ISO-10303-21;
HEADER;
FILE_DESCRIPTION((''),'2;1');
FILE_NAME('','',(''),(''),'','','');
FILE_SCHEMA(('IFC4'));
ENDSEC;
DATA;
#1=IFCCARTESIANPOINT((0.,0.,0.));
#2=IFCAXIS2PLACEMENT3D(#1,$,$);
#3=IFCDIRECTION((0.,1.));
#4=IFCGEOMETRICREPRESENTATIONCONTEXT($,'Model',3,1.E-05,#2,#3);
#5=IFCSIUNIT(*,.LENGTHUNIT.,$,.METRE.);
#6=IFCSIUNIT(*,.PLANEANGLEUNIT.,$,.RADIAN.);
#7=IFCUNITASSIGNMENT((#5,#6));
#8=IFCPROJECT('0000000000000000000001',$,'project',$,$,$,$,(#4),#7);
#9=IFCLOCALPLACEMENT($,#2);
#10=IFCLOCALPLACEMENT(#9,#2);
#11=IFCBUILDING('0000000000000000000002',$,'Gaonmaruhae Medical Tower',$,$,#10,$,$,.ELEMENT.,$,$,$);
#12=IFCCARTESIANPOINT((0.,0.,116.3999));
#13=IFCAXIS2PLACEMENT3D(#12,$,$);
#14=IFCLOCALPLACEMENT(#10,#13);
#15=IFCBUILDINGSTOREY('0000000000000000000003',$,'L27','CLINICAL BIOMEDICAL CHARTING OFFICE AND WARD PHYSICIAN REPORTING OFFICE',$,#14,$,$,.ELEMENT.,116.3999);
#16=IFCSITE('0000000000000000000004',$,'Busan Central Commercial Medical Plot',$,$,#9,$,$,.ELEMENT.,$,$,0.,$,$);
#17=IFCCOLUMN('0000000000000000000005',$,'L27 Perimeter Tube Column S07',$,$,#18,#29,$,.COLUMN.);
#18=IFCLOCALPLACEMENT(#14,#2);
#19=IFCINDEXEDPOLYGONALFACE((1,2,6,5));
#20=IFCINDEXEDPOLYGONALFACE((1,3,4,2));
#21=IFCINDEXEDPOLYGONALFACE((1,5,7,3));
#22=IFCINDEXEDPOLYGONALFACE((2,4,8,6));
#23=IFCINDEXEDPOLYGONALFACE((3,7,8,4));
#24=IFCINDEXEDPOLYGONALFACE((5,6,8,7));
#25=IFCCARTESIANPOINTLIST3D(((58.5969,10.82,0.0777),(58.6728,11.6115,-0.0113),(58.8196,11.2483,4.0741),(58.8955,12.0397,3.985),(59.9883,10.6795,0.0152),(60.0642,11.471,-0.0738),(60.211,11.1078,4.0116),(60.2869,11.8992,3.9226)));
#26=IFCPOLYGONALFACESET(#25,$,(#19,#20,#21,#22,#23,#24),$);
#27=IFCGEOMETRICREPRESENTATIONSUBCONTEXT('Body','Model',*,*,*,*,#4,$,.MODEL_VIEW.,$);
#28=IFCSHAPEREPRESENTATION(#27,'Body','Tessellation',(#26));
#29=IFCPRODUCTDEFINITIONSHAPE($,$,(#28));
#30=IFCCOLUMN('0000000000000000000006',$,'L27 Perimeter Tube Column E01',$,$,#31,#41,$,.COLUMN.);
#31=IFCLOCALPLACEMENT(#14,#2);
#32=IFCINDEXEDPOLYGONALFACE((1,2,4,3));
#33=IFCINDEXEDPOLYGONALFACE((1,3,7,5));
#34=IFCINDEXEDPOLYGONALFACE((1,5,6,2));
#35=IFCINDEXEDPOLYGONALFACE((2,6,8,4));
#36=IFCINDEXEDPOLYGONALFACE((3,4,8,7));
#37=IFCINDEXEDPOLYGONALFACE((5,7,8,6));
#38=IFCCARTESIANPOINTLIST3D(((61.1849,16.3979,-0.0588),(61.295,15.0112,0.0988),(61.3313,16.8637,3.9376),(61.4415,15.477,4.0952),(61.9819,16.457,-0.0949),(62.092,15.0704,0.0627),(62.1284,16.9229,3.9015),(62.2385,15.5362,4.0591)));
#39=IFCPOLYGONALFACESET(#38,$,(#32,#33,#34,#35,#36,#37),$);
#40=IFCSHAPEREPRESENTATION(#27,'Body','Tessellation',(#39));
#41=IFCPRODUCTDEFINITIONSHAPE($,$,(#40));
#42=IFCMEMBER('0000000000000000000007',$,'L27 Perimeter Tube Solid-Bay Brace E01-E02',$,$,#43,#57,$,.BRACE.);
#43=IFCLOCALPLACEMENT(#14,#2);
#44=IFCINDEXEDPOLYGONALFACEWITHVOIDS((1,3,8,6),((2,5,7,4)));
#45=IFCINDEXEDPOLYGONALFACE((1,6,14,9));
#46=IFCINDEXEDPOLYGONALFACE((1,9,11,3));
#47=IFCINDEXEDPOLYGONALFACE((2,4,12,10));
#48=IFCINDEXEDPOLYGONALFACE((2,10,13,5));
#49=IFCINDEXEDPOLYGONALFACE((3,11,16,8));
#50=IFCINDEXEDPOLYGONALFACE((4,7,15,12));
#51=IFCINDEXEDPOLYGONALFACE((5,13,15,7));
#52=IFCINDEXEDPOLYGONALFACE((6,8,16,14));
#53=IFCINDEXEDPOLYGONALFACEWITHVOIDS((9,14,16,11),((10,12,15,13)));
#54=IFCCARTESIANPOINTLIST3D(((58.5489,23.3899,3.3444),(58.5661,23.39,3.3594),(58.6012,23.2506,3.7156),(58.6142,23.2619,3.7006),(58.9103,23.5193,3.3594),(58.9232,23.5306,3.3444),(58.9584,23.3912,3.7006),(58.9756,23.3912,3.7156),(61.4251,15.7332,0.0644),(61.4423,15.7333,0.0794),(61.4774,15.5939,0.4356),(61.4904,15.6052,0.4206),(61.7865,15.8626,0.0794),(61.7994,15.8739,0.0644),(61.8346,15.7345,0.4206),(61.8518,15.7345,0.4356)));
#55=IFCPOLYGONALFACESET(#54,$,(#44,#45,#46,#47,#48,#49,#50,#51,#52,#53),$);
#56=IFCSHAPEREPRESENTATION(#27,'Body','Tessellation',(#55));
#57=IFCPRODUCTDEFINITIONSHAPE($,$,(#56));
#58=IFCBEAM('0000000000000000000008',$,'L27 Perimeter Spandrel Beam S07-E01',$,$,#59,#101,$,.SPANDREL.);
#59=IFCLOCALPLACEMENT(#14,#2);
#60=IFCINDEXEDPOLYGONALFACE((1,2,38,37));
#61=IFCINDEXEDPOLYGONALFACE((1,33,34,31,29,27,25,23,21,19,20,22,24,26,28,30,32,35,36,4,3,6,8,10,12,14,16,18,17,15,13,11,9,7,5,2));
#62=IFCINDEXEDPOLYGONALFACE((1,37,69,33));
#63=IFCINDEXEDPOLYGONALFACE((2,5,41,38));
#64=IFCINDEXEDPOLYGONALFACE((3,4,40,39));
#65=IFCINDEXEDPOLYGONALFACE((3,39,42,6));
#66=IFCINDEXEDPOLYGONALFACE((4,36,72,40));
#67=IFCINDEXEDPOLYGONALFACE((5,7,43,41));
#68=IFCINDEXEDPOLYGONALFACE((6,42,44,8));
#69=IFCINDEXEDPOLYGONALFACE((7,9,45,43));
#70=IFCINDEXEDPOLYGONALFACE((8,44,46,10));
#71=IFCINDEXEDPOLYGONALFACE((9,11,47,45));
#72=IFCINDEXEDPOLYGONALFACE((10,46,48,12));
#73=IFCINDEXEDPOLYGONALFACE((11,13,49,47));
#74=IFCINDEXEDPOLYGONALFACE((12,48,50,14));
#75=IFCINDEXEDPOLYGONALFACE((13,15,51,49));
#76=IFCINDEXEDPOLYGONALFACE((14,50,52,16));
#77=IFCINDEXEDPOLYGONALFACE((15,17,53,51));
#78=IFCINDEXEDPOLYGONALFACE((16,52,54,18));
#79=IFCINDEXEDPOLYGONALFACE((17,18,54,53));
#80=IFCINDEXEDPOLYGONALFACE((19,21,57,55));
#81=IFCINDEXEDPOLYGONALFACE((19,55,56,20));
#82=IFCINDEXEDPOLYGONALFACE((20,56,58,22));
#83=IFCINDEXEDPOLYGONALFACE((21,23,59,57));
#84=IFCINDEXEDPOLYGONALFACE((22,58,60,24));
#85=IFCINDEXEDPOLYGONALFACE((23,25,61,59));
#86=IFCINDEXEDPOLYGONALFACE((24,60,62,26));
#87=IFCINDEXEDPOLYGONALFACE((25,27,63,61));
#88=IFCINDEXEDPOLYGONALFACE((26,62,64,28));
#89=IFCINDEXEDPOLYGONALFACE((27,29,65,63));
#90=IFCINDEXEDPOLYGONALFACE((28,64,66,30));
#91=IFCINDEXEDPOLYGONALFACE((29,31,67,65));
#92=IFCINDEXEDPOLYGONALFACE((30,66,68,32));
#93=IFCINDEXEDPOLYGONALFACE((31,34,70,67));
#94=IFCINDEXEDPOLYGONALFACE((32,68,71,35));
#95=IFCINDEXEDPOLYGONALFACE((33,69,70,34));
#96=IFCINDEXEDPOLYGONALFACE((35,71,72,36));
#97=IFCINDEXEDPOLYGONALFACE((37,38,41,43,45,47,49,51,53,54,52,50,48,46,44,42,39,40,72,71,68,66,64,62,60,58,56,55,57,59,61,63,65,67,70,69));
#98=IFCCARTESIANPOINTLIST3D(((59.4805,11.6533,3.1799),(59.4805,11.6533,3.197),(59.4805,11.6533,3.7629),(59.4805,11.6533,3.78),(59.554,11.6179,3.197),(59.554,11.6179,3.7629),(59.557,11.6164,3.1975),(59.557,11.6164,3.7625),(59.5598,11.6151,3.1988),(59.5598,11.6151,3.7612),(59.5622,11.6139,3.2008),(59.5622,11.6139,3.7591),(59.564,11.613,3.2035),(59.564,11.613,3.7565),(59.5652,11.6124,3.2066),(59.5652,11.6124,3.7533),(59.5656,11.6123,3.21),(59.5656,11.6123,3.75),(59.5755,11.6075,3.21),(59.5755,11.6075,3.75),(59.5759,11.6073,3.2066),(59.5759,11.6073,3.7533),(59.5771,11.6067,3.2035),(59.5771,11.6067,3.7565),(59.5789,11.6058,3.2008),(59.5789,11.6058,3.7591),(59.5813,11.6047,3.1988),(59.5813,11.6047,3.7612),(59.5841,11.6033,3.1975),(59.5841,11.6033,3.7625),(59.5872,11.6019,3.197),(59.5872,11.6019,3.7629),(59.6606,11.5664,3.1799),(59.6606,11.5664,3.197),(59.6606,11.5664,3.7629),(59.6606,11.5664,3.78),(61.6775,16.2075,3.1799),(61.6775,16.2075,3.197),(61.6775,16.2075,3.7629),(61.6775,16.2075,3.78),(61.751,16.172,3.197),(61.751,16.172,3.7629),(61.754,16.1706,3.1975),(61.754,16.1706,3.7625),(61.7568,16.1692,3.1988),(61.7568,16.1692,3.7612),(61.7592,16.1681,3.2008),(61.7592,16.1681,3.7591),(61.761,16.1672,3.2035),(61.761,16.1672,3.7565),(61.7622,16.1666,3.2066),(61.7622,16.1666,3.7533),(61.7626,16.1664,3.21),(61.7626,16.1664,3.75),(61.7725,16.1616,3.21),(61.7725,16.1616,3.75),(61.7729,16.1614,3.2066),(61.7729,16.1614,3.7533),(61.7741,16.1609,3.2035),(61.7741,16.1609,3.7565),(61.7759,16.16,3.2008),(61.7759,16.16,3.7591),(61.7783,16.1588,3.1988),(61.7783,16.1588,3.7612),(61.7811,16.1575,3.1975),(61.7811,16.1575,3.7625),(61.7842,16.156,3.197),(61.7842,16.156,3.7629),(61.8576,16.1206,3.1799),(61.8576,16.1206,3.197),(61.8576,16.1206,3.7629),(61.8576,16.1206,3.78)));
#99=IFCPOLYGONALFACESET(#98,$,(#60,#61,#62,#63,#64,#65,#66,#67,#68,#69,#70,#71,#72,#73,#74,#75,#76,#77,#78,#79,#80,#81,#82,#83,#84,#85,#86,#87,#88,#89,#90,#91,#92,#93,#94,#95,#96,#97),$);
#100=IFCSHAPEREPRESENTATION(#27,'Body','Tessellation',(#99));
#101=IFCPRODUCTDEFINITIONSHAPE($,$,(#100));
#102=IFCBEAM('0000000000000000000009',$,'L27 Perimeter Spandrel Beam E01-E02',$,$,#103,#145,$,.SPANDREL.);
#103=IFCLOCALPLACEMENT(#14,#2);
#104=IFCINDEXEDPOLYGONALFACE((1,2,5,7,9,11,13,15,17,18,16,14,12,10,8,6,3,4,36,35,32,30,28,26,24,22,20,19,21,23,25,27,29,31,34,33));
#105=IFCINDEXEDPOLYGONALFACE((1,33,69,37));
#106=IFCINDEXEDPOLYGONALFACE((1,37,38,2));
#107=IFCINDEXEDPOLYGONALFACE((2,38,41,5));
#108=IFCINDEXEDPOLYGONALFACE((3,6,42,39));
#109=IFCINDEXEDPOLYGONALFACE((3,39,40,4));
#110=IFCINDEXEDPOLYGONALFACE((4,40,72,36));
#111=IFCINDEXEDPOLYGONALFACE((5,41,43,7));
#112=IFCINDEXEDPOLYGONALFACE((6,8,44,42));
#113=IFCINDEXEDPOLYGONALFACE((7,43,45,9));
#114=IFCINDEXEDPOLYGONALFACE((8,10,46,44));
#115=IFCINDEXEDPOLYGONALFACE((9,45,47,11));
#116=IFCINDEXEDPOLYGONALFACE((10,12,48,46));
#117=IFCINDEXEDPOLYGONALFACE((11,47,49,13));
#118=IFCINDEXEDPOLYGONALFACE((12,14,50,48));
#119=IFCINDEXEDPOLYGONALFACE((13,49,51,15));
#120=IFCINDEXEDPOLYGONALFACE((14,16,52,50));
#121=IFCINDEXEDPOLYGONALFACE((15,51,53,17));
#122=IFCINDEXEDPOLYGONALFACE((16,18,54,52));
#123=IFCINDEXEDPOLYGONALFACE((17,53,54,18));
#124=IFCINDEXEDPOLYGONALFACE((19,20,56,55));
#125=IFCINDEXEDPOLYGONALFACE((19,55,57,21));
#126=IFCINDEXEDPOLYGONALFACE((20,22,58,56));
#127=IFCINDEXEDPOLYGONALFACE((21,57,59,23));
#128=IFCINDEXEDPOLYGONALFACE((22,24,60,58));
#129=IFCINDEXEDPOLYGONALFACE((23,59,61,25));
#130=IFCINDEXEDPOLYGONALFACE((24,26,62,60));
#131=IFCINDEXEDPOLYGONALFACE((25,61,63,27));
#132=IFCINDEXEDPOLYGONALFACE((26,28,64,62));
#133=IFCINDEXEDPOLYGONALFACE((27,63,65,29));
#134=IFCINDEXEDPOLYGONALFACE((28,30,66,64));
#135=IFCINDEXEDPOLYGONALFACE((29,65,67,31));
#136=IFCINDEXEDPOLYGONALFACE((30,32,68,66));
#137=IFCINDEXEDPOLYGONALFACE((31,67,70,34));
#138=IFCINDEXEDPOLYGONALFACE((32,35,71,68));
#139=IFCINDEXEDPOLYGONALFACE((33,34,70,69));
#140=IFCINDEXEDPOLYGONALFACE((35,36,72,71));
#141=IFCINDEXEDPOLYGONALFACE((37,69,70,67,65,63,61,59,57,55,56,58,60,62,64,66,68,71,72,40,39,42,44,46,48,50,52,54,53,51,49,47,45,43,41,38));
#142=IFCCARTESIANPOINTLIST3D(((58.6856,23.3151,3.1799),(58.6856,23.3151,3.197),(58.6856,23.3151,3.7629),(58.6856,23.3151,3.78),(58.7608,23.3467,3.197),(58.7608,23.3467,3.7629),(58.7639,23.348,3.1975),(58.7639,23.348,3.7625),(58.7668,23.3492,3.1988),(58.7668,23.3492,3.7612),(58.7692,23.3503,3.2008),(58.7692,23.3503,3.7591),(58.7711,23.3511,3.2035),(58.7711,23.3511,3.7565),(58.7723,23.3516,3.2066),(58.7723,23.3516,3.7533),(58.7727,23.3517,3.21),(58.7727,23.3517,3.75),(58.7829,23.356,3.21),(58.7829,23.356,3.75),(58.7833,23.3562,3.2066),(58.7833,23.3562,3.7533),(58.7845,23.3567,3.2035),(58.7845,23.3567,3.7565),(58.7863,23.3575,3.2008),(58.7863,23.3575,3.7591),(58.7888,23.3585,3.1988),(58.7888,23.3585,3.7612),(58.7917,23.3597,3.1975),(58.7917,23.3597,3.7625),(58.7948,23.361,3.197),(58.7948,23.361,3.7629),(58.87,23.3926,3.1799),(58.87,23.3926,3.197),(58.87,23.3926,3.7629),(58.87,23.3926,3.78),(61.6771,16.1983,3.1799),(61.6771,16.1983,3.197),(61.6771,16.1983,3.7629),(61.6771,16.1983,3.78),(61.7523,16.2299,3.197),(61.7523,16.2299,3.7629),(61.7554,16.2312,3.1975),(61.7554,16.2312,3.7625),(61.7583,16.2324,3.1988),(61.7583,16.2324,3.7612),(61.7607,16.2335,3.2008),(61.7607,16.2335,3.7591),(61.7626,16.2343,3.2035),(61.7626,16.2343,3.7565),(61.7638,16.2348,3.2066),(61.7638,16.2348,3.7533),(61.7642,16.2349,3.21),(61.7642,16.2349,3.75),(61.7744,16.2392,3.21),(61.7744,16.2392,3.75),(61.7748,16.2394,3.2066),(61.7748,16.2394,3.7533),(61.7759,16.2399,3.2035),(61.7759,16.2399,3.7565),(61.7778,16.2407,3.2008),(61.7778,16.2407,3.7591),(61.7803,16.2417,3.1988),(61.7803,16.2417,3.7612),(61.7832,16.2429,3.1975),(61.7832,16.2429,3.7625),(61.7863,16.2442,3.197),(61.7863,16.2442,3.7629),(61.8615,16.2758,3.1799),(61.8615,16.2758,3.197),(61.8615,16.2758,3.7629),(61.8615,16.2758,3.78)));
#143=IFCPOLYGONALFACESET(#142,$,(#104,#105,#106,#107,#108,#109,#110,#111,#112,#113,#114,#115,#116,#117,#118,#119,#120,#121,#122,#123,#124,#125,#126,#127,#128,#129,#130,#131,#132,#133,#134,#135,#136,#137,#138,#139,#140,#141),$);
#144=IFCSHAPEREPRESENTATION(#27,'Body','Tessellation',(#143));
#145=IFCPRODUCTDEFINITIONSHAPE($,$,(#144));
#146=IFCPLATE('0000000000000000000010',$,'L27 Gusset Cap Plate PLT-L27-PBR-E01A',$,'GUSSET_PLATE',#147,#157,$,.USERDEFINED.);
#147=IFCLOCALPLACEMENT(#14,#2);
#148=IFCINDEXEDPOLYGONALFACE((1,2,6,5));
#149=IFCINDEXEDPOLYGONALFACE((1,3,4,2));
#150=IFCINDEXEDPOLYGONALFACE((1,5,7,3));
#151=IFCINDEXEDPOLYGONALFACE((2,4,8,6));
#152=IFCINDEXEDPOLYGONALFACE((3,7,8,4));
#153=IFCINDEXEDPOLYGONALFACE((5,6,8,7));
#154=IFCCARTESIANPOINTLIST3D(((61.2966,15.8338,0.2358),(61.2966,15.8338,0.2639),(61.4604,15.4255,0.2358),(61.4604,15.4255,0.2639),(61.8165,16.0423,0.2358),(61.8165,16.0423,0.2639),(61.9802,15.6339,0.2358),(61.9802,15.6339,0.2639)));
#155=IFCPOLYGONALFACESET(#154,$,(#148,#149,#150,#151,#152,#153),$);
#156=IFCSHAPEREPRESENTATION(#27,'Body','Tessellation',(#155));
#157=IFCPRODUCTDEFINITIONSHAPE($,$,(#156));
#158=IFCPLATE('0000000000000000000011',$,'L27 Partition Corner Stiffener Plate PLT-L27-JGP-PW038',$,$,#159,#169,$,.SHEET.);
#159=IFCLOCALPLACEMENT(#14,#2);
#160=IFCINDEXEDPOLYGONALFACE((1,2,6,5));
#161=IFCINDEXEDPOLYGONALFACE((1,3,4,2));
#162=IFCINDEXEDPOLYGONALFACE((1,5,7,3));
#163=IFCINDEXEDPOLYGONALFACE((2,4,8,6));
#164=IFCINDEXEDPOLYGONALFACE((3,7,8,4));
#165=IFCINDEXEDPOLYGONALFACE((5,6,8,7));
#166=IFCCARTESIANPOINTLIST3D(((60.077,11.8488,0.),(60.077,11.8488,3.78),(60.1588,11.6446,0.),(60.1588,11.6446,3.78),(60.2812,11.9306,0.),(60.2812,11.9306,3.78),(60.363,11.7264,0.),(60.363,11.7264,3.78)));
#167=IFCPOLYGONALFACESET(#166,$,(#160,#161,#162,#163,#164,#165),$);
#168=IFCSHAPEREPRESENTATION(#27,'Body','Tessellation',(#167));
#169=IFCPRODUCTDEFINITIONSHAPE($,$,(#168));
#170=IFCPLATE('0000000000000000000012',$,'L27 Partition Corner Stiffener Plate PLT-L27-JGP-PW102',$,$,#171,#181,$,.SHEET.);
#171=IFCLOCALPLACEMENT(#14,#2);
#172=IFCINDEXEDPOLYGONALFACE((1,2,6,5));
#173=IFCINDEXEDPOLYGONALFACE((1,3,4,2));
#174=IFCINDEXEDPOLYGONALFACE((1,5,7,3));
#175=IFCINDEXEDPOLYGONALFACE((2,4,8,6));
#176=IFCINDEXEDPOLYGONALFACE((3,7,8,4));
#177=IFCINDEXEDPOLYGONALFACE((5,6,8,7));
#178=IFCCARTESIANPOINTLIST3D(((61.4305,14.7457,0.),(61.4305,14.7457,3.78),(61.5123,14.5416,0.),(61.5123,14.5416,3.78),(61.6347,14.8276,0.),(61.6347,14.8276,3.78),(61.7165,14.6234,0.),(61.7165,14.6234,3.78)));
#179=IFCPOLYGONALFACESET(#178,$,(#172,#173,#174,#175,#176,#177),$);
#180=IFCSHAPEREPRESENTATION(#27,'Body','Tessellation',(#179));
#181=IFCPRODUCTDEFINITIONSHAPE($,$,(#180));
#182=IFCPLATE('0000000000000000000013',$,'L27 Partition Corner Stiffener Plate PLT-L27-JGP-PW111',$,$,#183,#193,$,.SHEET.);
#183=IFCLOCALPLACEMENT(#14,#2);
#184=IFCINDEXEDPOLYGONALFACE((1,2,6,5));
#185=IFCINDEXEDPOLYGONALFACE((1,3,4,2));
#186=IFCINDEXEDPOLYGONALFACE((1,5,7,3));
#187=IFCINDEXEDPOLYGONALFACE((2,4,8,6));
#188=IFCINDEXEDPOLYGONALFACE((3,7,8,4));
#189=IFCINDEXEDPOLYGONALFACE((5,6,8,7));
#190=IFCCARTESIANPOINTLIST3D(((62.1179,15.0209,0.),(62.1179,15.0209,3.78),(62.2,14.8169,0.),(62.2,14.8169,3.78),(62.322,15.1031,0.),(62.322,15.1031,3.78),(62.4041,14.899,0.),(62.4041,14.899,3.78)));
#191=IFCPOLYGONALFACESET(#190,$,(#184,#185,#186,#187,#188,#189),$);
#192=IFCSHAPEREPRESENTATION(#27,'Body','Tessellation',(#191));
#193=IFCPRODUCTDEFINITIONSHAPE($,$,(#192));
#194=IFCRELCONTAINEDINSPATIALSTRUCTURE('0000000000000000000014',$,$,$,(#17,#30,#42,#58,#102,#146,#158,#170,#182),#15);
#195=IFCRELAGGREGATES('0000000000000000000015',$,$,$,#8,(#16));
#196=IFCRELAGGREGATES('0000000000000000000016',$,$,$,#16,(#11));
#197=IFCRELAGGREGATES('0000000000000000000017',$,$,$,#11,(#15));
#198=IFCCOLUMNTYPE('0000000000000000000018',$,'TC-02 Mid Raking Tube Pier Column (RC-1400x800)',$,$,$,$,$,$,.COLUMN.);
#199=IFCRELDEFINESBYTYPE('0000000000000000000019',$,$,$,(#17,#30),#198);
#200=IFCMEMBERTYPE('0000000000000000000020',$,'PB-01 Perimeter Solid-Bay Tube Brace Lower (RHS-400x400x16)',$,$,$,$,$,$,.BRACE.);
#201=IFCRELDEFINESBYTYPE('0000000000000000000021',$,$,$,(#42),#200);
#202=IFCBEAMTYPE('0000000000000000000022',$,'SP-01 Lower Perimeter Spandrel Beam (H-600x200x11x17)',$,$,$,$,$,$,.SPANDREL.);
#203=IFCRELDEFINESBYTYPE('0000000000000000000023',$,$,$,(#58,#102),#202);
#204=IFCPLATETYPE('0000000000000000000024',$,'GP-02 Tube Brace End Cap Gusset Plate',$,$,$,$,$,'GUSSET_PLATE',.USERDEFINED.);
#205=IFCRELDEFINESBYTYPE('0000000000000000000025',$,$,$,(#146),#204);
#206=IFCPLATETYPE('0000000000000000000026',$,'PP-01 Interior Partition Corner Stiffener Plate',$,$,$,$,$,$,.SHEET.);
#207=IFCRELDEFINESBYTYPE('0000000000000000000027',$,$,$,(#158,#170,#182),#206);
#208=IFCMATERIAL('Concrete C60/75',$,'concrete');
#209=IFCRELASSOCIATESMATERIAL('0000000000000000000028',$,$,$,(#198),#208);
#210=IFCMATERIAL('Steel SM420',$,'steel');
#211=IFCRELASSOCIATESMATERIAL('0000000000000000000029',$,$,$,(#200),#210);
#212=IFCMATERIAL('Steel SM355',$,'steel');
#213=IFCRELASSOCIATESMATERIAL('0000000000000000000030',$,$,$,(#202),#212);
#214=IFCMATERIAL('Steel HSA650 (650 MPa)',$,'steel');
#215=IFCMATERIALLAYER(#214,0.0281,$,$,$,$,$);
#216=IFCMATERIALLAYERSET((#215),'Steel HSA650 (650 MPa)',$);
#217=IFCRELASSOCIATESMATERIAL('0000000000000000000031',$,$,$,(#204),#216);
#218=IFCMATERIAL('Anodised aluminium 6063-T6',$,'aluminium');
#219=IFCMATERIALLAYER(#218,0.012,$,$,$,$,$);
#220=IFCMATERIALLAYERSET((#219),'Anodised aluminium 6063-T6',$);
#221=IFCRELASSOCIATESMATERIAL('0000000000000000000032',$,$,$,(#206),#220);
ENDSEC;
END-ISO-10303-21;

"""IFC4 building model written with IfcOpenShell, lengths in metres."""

from ifc_helpers import new_model, si_unit, direction, frame, origin, origin_2d, place, context, subcontext, project, spatial, rectangle, hollow_rectangle, i_section, extrude, material, layer, layer_set, material_profile, profile_set, type_object, element, save


model = new_model("IFC4")

# Units and contexts
model_context = context("Model", 3, precision=1e-05, world=origin(), true_north=direction((0.0, 1.0)))
body_context = subcontext(model_context, "Body", "Model", "MODEL_VIEW")
ifc_project = project(units=[si_unit("LENGTHUNIT", "METRE"), si_unit("PLANEANGLEUNIT", "RADIAN")], contexts=[model_context])

# Site, building, storey
site_placement = place(None, origin())
site = spatial("IfcSite", under=ifc_project, at=site_placement, Name="Busan Central Commercial Medical Plot", CompositionType="ELEMENT", RefElevation=0.0)
building_placement = place(site_placement, origin())
building = spatial("IfcBuilding", under=site, at=building_placement, Name="Gaonmaruhae Medical Tower", CompositionType="ELEMENT")
storey_placement = place(building_placement, frame((0.0, 0.0, 116.3999)))
storey = spatial("IfcBuildingStorey", under=building, at=storey_placement, Name="L27", Description="CLINICAL BIOMEDICAL CHARTING OFFICE AND WARD PHYSICIAN REPORTING OFFICE", CompositionType="ELEMENT", Elevation=116.3999)

# Columns
ifc_material_1 = material(Name="Concrete C60/75", Category="concrete")
ifc_material_profile_1 = material_profile(ifc_material_1, rectangle(XDim=1.3999, YDim=0.8, at=origin_2d()), Name="RC-1400x800")
ifc_profile_set_1 = profile_set([ifc_material_profile_1], Name="Concrete C60/75")
column_type = type_object("IfcColumnType", Name="TC-02 Mid Raking Tube Pier Column (RC-1400x800)", PredefinedType="COLUMN", material=ifc_profile_set_1)
column_1_placement = place(storey_placement, frame((59.3306, 11.1455, 0.002), z_axis=(0.055313, 0.106381, 0.992786), x_axis=(-0.993951, 0.100354, 0.044625)))
element("IfcColumn", 1, at=column_1_placement, inside=storey, type_object=column_type, Name="L27 Perimeter Tube Column S07", PredefinedType="COLUMN", context=body_context, shape_type="SweptSolid", body=[
    extrude(rectangle(XDim=1.3999, YDim=0.8, at=origin_2d()), origin(), (0.0, 0.0, 1.0), 4.0254),
])
column_2_placement = place(storey_placement, frame((61.6384, 15.7341, 0.002), z_axis=(0.036384, 0.115701, 0.992617), x_axis=(0.07866, -0.990525, 0.112574)))
element("IfcColumn", 2, at=column_2_placement, inside=storey, type_object=column_type, Name="L27 Perimeter Tube Column E01", PredefinedType="COLUMN", context=body_context, shape_type="SweptSolid", body=[
    extrude(rectangle(XDim=1.3999, YDim=0.8, at=origin_2d()), origin(), (0.0, 0.0, 1.0), 4.0261),
])

# Member
ifc_material_2 = material(Name="Steel SM420", Category="steel")
ifc_material_profile_2 = material_profile(ifc_material_2, hollow_rectangle(XDim=0.3999, YDim=0.3999, WallThickness=0.0161, at=origin_2d()), Name="RHS-400x400x16")
ifc_profile_set_2 = profile_set([ifc_material_profile_2], Name="Steel SM420")
member_type = type_object("IfcMemberType", Name="PB-01 Perimeter Solid-Bay Tube Brace Lower (RHS-400x400x16)", PredefinedType="BRACE", material=ifc_profile_set_2)
member_placement = place(storey_placement, frame((61.6384, 15.7339, 0.25), z_axis=(-0.326387, 0.868868, 0.37221), x_axis=(-0.93613, -0.351653, 0.0)))
element("IfcMember", 3, at=member_placement, inside=storey, type_object=member_type, Name="L27 Perimeter Tube Solid-Bay Brace E01-E02", PredefinedType="BRACE", context=body_context, shape_type="SweptSolid", body=[
    extrude(hollow_rectangle(XDim=0.3999, YDim=0.3999, WallThickness=0.0161, at=origin_2d()), origin(), (0.0, 0.0, 1.0), 8.8123),
])

# Beams
ifc_material_3 = material(Name="Steel SM355", Category="steel")
ifc_material_profile_3 = material_profile(ifc_material_3, i_section(OverallWidth=0.2, OverallDepth=0.6001, WebThickness=0.011, FlangeThickness=0.0171, FilletRadius=0.0129, at=origin_2d()), Name="H-600x200x11x17")
ifc_profile_set_3 = profile_set([ifc_material_profile_3], Name="Steel SM355")
beam_type = type_object("IfcBeamType", Name="SP-01 Lower Perimeter Spandrel Beam (H-600x200x11x17)", PredefinedType="SPANDREL", material=ifc_profile_set_3)
beam_1_placement = place(storey_placement, frame((59.5706, 11.6099, 3.48), z_axis=(0.434499, 0.900672, 0.0), x_axis=(-0.900672, 0.434499, 0.0)))
element("IfcBeam", 4, at=beam_1_placement, inside=storey, type_object=beam_type, Name="L27 Perimeter Spandrel Beam S07-E01", PredefinedType="SPANDREL", context=body_context, shape_type="SweptSolid", body=[
    extrude(i_section(OverallWidth=0.2, OverallDepth=0.6001, WebThickness=0.011, FlangeThickness=0.0171, FilletRadius=0.0129, at=origin_2d()), origin(), (0.0, 0.0, 1.0), 5.0564),
])
beam_2_placement = place(storey_placement, frame((61.7693, 16.2371, 3.48), z_axis=(-0.387501, 0.921869, 0.0), x_axis=(-0.921869, -0.387501, 0.0)))
element("IfcBeam", 5, at=beam_2_placement, inside=storey, type_object=beam_type, Name="L27 Perimeter Spandrel Beam E01-E02", PredefinedType="SPANDREL", context=body_context, shape_type="SweptSolid", body=[
    extrude(i_section(OverallWidth=0.2, OverallDepth=0.6001, WebThickness=0.011, FlangeThickness=0.0171, FilletRadius=0.0129, at=origin_2d()), origin(), (0.0, 0.0, 1.0), 7.72),
])

# Plates
ifc_material_4 = material(Name="Steel HSA650 (650 MPa)", Category="steel")
ifc_layer_1 = layer(ifc_material_4, 0.0281)
ifc_layer_set_1 = layer_set([ifc_layer_1], Name="Steel HSA650 (650 MPa)")
plate_type_1 = type_object("IfcPlateType", Name="GP-02 Tube Brace End Cap Gusset Plate", ElementType="GUSSET_PLATE", PredefinedType="USERDEFINED", material=ifc_layer_set_1)
plate_placement = place(storey_placement, frame((61.6384, 15.7339, 0.2358), z_axis=(0.0, 0.0, 1.0), x_axis=(0.928161, 0.372178, 0.0)))
element("IfcPlate", 6, at=plate_placement, inside=storey, type_object=plate_type_1, Name="L27 Gusset Cap Plate PLT-L27-PBR-E01A", ObjectType="GUSSET_PLATE", PredefinedType="USERDEFINED", context=body_context, shape_type="SweptSolid", body=[
    extrude(rectangle(XDim=0.5601, YDim=0.4399, at=origin_2d()), origin(), (0.0, 0.0, 1.0), 0.0281),
])
ifc_material_5 = material(Name="Anodised aluminium 6063-T6", Category="aluminium")
ifc_layer_2 = layer(ifc_material_5, 0.012)
ifc_layer_set_2 = layer_set([ifc_layer_2], Name="Anodised aluminium 6063-T6")
plate_type_2 = type_object("IfcPlateType", Name="PP-01 Interior Partition Corner Stiffener Plate", PredefinedType="SHEET", material=ifc_layer_set_2)
for number, where, z_axis, x_axis, name in (
    (7, (60.22, 11.7876, 0.0), (0.0, 0.0, 1.0), (0.371741, -0.928337, 0.0), "L27 Partition Corner Stiffener Plate PLT-L27-JGP-PW038"),
    (8, (61.5735, 14.6846, 0.0), (0.0, 0.0, 1.0), (-0.928233, -0.372, 0.0), "L27 Partition Corner Stiffener Plate PLT-L27-JGP-PW102"),
    (9, (62.261, 14.96, 0.0), (0.0, 0.0, 1.0), (-0.92768, -0.373376, 0.0), "L27 Partition Corner Stiffener Plate PLT-L27-JGP-PW111"),
):
    element("IfcPlate", number, at=place(storey_placement, frame(where, z_axis=z_axis, x_axis=x_axis)), inside=storey, type_object=plate_type_2, Name=name, PredefinedType="SHEET", context=body_context, shape_type="SweptSolid", body=[
        extrude(rectangle(XDim=0.22, YDim=0.22, at=origin_2d()), origin(), (0.0, 0.0, 1.0), 3.78),
    ])

save(model, "model.ifc")
